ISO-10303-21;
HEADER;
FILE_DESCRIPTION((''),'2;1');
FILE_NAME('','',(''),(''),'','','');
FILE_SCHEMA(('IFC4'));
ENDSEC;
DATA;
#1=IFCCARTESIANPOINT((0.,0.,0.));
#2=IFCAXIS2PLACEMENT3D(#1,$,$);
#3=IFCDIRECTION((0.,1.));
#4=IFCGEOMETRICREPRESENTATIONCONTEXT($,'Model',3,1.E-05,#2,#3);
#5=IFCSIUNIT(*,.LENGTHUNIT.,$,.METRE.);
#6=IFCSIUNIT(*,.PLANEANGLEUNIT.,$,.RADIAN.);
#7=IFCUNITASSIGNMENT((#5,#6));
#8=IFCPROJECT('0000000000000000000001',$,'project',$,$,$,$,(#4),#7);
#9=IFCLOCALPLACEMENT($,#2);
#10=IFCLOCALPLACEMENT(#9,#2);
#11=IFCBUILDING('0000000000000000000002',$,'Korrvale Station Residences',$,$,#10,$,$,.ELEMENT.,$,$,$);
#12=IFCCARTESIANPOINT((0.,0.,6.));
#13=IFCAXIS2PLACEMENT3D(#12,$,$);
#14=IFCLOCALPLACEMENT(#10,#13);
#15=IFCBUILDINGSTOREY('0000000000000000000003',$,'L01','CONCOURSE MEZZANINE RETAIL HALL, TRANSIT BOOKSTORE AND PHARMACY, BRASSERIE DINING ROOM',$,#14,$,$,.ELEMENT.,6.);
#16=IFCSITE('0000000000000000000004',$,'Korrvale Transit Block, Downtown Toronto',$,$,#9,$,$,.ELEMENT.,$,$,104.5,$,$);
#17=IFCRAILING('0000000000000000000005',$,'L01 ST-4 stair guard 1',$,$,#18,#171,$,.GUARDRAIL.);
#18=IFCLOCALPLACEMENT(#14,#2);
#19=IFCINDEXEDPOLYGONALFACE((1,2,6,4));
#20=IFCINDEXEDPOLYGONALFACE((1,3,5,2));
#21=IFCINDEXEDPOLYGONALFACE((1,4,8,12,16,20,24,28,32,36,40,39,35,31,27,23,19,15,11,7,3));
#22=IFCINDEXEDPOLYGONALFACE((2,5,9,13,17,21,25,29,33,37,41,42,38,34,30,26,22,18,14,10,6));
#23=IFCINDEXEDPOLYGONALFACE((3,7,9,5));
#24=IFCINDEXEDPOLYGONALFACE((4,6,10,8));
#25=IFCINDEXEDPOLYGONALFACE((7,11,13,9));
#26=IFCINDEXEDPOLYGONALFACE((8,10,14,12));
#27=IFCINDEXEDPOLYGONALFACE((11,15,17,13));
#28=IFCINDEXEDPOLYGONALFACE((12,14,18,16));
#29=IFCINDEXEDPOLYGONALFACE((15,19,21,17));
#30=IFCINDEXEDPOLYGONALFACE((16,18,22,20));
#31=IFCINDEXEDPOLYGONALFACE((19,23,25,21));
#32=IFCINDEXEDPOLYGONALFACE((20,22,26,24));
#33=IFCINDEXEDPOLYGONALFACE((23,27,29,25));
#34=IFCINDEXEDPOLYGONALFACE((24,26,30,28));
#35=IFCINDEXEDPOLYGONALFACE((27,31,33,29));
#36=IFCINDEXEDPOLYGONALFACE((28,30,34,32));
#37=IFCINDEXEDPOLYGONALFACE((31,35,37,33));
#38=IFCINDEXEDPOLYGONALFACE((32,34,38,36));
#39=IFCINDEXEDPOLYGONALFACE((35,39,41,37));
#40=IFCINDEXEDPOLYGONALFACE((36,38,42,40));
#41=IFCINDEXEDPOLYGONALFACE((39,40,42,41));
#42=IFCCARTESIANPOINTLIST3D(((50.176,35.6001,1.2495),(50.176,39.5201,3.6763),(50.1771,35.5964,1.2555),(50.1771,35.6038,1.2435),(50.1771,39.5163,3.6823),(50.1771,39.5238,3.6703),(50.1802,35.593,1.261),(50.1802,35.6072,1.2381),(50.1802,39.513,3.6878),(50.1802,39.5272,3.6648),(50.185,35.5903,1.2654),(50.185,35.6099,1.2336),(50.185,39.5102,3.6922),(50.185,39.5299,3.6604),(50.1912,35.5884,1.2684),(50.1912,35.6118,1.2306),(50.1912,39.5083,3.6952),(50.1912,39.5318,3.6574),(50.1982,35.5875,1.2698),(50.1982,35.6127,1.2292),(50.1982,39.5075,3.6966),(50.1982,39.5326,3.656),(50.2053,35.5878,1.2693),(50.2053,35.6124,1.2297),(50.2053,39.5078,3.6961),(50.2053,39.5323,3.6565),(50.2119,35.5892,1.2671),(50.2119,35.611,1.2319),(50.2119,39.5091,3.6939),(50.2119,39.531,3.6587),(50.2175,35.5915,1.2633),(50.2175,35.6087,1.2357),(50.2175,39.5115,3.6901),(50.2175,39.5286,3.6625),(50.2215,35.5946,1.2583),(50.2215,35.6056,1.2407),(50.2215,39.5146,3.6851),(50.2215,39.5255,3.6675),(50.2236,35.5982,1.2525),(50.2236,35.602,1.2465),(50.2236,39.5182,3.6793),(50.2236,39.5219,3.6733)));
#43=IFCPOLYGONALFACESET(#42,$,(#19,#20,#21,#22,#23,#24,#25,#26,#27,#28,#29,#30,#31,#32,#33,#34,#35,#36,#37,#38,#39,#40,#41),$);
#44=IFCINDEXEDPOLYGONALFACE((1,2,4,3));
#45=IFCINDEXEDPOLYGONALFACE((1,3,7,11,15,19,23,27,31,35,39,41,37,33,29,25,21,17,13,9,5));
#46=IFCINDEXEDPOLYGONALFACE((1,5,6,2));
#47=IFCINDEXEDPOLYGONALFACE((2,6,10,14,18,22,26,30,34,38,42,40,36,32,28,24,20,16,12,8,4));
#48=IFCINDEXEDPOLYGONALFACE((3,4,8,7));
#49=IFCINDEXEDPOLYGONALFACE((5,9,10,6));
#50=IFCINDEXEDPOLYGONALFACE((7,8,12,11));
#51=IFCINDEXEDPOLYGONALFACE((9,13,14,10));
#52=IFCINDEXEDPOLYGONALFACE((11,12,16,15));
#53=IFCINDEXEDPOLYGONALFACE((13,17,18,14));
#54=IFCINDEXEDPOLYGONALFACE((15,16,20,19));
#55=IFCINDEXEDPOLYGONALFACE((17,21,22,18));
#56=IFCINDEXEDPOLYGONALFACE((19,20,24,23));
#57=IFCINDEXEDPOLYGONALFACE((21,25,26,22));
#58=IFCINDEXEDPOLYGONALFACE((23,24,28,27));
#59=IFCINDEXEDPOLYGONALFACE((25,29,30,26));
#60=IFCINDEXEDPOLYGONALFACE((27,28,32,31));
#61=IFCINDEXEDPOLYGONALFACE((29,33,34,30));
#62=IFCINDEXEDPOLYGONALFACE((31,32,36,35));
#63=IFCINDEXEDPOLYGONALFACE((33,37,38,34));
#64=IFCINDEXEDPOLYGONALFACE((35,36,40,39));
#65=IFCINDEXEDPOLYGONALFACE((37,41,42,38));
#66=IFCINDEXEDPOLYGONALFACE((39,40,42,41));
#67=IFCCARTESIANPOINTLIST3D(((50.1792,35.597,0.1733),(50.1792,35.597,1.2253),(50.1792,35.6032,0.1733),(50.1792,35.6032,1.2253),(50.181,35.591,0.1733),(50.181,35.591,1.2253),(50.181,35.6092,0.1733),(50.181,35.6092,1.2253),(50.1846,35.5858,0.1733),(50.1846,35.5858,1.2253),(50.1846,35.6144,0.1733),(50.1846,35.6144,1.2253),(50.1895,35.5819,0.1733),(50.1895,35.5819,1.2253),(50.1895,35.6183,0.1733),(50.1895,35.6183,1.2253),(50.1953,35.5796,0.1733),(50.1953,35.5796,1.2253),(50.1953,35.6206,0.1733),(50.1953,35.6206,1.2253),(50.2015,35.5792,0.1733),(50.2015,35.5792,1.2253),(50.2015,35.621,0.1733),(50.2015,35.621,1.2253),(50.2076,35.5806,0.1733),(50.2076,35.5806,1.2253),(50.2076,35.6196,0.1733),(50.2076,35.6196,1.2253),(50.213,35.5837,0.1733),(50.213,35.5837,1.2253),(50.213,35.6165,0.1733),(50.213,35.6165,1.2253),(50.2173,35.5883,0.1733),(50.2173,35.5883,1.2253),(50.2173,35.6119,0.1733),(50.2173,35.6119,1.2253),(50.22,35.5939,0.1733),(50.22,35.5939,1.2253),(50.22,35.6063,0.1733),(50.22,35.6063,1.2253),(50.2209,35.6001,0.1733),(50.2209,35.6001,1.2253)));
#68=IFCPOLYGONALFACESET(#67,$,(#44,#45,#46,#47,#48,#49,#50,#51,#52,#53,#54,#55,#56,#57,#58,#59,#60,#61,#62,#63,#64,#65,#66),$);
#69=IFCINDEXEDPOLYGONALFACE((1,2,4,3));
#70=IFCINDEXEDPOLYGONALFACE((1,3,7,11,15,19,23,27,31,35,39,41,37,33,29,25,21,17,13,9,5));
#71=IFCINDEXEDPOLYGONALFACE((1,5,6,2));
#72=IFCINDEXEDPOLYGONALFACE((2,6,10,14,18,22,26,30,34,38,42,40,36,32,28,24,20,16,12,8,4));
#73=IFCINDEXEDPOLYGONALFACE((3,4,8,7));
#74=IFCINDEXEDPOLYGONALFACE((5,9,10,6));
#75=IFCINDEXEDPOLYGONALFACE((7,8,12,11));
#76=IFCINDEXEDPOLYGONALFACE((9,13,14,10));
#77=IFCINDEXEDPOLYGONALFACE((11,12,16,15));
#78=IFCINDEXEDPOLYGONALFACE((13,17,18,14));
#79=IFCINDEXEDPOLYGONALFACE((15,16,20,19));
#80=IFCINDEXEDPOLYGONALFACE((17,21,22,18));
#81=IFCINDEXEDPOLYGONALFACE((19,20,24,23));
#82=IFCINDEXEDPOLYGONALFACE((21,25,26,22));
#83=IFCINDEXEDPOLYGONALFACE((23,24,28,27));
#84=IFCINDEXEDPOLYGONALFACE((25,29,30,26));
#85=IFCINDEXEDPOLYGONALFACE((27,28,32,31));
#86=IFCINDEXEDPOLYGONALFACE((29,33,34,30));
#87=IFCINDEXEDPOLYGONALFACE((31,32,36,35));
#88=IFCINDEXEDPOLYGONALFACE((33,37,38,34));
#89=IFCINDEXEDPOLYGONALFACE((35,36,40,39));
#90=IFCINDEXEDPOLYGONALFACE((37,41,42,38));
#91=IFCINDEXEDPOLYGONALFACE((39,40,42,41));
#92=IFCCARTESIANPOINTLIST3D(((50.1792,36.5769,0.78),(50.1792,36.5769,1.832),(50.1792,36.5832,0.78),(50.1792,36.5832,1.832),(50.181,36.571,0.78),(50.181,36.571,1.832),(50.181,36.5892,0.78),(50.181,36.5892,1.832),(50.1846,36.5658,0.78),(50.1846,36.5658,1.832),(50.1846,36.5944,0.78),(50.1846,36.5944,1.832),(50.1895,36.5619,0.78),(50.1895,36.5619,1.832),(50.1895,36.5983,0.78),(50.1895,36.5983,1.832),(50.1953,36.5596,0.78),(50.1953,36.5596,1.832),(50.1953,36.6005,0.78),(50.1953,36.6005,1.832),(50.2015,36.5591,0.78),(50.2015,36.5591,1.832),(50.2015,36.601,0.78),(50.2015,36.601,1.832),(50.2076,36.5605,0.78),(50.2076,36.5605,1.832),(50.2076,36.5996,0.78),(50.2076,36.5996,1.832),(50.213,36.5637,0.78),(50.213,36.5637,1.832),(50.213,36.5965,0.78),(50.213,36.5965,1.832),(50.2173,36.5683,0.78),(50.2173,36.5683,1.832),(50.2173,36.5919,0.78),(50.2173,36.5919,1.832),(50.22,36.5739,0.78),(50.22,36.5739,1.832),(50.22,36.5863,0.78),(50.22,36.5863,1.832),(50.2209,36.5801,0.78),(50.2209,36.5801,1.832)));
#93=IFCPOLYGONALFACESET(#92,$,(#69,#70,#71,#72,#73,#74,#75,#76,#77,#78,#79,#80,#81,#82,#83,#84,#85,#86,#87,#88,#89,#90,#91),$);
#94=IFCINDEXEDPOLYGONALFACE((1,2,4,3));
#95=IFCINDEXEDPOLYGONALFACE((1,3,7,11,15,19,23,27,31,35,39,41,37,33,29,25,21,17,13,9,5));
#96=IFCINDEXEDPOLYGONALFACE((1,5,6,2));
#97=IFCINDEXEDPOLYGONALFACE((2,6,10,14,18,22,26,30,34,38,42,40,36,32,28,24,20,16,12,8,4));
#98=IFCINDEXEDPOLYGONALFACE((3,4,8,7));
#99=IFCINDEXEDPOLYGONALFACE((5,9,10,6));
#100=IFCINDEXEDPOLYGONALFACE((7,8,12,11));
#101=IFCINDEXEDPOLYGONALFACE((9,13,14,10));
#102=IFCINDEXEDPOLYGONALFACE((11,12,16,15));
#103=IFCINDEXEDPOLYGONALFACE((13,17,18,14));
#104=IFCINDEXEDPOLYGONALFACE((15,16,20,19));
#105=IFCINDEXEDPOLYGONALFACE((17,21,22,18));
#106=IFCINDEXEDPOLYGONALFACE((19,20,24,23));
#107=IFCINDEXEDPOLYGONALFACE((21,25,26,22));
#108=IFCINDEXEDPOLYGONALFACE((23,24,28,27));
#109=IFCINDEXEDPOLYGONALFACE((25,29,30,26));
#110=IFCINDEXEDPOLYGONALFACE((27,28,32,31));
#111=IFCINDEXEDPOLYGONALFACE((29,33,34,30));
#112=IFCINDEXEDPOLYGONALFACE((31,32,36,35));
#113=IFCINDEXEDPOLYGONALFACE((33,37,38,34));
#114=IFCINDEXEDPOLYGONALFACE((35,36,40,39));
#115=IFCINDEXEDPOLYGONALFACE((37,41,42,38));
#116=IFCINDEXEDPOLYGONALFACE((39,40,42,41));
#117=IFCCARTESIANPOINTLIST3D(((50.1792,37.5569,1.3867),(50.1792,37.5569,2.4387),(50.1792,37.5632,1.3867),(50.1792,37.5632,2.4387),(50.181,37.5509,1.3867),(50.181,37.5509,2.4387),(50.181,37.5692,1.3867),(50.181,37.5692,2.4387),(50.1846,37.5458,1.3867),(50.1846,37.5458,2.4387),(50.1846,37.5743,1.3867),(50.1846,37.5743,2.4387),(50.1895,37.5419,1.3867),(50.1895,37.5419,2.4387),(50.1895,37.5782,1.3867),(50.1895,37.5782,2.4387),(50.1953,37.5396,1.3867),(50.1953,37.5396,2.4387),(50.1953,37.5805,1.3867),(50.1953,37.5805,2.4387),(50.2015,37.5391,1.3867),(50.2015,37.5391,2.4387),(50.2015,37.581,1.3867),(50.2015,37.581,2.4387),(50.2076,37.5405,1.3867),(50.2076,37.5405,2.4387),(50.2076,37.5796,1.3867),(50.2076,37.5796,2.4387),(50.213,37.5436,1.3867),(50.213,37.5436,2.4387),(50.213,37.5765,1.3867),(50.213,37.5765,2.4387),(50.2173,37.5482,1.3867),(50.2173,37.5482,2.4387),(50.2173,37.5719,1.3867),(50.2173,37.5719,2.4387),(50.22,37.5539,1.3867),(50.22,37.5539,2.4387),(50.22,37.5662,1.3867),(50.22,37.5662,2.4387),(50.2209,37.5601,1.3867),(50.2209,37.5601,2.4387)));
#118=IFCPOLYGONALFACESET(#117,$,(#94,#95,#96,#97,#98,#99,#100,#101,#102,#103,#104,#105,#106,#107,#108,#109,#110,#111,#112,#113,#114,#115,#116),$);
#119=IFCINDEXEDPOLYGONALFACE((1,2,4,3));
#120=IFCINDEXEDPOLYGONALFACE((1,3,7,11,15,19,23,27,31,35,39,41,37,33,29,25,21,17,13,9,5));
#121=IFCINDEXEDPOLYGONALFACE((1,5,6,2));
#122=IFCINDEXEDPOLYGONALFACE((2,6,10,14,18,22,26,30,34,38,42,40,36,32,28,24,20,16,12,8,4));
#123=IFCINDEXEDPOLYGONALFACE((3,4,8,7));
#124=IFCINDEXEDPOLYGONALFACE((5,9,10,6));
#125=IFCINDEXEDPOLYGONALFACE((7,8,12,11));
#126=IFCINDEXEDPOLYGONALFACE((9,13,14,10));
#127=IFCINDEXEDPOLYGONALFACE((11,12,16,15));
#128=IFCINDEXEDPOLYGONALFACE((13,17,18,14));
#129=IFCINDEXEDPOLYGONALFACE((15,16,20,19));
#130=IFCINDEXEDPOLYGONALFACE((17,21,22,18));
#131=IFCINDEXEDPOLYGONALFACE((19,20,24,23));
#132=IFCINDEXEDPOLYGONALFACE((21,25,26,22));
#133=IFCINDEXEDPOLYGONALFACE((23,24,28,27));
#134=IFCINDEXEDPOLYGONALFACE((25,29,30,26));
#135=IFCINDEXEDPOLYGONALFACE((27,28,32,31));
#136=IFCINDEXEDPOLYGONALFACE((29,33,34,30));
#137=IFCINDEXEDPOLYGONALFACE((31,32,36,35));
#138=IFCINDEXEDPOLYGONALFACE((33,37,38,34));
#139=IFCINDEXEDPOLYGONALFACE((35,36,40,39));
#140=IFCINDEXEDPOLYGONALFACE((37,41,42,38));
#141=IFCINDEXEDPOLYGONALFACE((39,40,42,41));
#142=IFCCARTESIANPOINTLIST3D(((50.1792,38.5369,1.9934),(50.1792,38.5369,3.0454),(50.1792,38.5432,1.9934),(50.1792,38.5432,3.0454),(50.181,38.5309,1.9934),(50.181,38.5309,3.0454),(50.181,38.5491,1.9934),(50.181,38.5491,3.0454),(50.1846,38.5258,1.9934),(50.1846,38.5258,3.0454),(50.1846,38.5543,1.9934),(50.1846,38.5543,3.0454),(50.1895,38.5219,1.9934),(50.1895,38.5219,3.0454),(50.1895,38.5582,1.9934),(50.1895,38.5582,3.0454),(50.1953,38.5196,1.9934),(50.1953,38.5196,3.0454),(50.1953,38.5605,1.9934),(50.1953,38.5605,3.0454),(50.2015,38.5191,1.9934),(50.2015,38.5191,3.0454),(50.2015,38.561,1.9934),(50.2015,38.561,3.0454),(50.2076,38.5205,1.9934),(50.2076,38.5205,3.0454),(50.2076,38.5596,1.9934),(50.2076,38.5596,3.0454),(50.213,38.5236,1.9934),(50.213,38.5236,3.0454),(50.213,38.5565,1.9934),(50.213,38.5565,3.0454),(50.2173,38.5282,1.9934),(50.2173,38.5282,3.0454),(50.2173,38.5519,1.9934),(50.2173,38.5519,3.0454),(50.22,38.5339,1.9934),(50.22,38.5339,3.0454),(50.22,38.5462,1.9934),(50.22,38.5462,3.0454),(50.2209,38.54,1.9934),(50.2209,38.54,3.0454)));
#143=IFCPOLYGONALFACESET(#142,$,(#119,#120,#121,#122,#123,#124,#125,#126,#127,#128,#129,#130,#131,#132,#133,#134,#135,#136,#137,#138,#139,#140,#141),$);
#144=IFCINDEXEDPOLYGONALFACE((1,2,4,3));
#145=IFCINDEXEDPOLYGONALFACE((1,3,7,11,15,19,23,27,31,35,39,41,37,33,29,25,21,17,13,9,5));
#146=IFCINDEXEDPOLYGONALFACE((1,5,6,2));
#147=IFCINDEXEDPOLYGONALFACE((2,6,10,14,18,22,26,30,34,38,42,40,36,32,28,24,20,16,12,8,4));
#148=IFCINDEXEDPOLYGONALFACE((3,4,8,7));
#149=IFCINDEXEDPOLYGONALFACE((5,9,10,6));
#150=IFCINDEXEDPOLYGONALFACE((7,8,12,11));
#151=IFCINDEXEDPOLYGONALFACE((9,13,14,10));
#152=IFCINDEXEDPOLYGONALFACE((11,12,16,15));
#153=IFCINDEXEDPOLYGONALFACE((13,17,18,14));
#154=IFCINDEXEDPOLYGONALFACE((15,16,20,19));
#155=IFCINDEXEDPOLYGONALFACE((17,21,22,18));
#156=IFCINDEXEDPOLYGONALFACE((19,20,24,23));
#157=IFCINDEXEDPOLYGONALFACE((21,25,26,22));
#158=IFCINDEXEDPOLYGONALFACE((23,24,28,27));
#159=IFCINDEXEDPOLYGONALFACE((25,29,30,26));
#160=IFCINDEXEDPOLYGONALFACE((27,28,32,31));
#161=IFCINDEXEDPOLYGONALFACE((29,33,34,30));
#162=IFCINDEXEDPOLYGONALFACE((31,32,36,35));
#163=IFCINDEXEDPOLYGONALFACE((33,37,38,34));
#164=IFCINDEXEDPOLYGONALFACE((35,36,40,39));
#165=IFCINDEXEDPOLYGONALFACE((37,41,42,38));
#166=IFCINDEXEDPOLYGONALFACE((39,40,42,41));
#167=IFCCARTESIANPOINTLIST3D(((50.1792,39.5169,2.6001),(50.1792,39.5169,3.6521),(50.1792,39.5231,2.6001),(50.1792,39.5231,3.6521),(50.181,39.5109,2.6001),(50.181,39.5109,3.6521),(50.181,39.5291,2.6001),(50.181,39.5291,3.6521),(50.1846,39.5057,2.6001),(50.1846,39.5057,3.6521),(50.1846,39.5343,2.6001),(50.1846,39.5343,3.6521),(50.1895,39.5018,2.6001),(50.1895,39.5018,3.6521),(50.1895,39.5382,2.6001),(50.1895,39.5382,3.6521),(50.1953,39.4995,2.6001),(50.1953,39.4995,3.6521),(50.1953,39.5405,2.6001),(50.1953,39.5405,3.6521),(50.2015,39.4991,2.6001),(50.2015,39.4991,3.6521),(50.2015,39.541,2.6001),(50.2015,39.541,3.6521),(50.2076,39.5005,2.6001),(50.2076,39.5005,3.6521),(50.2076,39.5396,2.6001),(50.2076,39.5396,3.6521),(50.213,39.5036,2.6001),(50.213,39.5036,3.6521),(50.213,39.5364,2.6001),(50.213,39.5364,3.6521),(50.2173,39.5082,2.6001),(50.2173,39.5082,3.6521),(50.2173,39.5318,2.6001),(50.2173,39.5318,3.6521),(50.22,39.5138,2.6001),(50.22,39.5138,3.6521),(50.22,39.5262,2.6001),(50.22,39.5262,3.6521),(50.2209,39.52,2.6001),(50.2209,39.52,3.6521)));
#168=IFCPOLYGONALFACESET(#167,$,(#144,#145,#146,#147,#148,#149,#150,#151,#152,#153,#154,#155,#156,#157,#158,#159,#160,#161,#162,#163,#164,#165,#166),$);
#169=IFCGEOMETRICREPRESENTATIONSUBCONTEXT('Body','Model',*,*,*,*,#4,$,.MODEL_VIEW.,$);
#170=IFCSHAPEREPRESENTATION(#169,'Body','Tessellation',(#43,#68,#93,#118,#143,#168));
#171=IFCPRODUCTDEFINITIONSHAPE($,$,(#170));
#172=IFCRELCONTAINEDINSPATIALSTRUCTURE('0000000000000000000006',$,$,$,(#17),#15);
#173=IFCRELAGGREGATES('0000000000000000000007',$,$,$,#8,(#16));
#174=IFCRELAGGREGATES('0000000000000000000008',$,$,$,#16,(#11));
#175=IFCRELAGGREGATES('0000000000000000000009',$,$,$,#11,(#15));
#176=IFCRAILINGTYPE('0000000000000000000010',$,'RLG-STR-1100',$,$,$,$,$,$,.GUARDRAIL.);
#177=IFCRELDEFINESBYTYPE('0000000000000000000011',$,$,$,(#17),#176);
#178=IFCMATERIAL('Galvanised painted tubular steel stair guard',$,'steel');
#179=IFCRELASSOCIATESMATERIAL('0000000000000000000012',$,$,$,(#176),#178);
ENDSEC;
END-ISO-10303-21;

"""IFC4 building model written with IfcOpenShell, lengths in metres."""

from ifc_helpers import new_model, si_unit, direction, frame, origin, origin_2d, place, context, subcontext, project, spatial, circle, extrude, material, type_object, element, save


model = new_model("IFC4")

# Units and contexts
model_context = context("Model", 3, precision=1e-05, world=origin(), true_north=direction((0.0, 1.0)))
body_context = subcontext(model_context, "Body", "Model", "MODEL_VIEW")
ifc_project = project(units=[si_unit("LENGTHUNIT", "METRE"), si_unit("PLANEANGLEUNIT", "RADIAN")], contexts=[model_context])

# Site, building, storey
site_placement = place(None, origin())
site = spatial("IfcSite", under=ifc_project, at=site_placement, Name="Korrvale Transit Block, Downtown Toronto", CompositionType="ELEMENT", RefElevation=104.5)
building_placement = place(site_placement, origin())
building = spatial("IfcBuilding", under=site, at=building_placement, Name="Korrvale Station Residences", CompositionType="ELEMENT")
storey_placement = place(building_placement, frame((0.0, 0.0, 6.0)))
storey = spatial("IfcBuildingStorey", under=building, at=storey_placement, Name="L01", Description="CONCOURSE MEZZANINE RETAIL HALL, TRANSIT BOOKSTORE AND PHARMACY, BRASSERIE DINING ROOM", CompositionType="ELEMENT", Elevation=6.0)

# Railing
ifc_material_1 = material(Name="Galvanised painted tubular steel stair guard", Category="steel")
railing_type_1 = type_object("IfcRailingType", Name="RLG-STR-1100", PredefinedType="GUARDRAIL", material=ifc_material_1)
railing_1_placement = place(storey_placement, frame((50.2, 35.6001, 0.1733)))
element("IfcRailing", 1, at=railing_1_placement, inside=storey, type_object=railing_type_1, Name="L01 ST-4 stair guard 1", PredefinedType="GUARDRAIL", context=body_context, shape_type="SweptSolid", body=[
    extrude(circle(Radius=0.0239, at=origin_2d()), frame((0.0, 0.0, 1.0762), z_axis=(0.0, 0.850252, 0.526376), x_axis=(-1.0, 0.0, 0.0)), (0.0, 0.0, 1.0), 4.6104),
    extrude(circle(Radius=0.021, at=origin_2d()), origin(), (0.0, 0.0, 1.0), 1.052),
    extrude(circle(Radius=0.021, at=origin_2d()), frame((0.0, 0.98, 0.6067)), (0.0, 0.0, 1.0), 1.052),
    extrude(circle(Radius=0.021, at=origin_2d()), frame((0.0, 1.96, 1.2134)), (0.0, 0.0, 1.0), 1.052),
    extrude(circle(Radius=0.021, at=origin_2d()), frame((0.0, 2.9399, 1.8201)), (0.0, 0.0, 1.0), 1.052),
    extrude(circle(Radius=0.021, at=origin_2d()), frame((0.0, 3.9199, 2.4268)), (0.0, 0.0, 1.0), 1.052),
])

save(model, "model.ifc")
